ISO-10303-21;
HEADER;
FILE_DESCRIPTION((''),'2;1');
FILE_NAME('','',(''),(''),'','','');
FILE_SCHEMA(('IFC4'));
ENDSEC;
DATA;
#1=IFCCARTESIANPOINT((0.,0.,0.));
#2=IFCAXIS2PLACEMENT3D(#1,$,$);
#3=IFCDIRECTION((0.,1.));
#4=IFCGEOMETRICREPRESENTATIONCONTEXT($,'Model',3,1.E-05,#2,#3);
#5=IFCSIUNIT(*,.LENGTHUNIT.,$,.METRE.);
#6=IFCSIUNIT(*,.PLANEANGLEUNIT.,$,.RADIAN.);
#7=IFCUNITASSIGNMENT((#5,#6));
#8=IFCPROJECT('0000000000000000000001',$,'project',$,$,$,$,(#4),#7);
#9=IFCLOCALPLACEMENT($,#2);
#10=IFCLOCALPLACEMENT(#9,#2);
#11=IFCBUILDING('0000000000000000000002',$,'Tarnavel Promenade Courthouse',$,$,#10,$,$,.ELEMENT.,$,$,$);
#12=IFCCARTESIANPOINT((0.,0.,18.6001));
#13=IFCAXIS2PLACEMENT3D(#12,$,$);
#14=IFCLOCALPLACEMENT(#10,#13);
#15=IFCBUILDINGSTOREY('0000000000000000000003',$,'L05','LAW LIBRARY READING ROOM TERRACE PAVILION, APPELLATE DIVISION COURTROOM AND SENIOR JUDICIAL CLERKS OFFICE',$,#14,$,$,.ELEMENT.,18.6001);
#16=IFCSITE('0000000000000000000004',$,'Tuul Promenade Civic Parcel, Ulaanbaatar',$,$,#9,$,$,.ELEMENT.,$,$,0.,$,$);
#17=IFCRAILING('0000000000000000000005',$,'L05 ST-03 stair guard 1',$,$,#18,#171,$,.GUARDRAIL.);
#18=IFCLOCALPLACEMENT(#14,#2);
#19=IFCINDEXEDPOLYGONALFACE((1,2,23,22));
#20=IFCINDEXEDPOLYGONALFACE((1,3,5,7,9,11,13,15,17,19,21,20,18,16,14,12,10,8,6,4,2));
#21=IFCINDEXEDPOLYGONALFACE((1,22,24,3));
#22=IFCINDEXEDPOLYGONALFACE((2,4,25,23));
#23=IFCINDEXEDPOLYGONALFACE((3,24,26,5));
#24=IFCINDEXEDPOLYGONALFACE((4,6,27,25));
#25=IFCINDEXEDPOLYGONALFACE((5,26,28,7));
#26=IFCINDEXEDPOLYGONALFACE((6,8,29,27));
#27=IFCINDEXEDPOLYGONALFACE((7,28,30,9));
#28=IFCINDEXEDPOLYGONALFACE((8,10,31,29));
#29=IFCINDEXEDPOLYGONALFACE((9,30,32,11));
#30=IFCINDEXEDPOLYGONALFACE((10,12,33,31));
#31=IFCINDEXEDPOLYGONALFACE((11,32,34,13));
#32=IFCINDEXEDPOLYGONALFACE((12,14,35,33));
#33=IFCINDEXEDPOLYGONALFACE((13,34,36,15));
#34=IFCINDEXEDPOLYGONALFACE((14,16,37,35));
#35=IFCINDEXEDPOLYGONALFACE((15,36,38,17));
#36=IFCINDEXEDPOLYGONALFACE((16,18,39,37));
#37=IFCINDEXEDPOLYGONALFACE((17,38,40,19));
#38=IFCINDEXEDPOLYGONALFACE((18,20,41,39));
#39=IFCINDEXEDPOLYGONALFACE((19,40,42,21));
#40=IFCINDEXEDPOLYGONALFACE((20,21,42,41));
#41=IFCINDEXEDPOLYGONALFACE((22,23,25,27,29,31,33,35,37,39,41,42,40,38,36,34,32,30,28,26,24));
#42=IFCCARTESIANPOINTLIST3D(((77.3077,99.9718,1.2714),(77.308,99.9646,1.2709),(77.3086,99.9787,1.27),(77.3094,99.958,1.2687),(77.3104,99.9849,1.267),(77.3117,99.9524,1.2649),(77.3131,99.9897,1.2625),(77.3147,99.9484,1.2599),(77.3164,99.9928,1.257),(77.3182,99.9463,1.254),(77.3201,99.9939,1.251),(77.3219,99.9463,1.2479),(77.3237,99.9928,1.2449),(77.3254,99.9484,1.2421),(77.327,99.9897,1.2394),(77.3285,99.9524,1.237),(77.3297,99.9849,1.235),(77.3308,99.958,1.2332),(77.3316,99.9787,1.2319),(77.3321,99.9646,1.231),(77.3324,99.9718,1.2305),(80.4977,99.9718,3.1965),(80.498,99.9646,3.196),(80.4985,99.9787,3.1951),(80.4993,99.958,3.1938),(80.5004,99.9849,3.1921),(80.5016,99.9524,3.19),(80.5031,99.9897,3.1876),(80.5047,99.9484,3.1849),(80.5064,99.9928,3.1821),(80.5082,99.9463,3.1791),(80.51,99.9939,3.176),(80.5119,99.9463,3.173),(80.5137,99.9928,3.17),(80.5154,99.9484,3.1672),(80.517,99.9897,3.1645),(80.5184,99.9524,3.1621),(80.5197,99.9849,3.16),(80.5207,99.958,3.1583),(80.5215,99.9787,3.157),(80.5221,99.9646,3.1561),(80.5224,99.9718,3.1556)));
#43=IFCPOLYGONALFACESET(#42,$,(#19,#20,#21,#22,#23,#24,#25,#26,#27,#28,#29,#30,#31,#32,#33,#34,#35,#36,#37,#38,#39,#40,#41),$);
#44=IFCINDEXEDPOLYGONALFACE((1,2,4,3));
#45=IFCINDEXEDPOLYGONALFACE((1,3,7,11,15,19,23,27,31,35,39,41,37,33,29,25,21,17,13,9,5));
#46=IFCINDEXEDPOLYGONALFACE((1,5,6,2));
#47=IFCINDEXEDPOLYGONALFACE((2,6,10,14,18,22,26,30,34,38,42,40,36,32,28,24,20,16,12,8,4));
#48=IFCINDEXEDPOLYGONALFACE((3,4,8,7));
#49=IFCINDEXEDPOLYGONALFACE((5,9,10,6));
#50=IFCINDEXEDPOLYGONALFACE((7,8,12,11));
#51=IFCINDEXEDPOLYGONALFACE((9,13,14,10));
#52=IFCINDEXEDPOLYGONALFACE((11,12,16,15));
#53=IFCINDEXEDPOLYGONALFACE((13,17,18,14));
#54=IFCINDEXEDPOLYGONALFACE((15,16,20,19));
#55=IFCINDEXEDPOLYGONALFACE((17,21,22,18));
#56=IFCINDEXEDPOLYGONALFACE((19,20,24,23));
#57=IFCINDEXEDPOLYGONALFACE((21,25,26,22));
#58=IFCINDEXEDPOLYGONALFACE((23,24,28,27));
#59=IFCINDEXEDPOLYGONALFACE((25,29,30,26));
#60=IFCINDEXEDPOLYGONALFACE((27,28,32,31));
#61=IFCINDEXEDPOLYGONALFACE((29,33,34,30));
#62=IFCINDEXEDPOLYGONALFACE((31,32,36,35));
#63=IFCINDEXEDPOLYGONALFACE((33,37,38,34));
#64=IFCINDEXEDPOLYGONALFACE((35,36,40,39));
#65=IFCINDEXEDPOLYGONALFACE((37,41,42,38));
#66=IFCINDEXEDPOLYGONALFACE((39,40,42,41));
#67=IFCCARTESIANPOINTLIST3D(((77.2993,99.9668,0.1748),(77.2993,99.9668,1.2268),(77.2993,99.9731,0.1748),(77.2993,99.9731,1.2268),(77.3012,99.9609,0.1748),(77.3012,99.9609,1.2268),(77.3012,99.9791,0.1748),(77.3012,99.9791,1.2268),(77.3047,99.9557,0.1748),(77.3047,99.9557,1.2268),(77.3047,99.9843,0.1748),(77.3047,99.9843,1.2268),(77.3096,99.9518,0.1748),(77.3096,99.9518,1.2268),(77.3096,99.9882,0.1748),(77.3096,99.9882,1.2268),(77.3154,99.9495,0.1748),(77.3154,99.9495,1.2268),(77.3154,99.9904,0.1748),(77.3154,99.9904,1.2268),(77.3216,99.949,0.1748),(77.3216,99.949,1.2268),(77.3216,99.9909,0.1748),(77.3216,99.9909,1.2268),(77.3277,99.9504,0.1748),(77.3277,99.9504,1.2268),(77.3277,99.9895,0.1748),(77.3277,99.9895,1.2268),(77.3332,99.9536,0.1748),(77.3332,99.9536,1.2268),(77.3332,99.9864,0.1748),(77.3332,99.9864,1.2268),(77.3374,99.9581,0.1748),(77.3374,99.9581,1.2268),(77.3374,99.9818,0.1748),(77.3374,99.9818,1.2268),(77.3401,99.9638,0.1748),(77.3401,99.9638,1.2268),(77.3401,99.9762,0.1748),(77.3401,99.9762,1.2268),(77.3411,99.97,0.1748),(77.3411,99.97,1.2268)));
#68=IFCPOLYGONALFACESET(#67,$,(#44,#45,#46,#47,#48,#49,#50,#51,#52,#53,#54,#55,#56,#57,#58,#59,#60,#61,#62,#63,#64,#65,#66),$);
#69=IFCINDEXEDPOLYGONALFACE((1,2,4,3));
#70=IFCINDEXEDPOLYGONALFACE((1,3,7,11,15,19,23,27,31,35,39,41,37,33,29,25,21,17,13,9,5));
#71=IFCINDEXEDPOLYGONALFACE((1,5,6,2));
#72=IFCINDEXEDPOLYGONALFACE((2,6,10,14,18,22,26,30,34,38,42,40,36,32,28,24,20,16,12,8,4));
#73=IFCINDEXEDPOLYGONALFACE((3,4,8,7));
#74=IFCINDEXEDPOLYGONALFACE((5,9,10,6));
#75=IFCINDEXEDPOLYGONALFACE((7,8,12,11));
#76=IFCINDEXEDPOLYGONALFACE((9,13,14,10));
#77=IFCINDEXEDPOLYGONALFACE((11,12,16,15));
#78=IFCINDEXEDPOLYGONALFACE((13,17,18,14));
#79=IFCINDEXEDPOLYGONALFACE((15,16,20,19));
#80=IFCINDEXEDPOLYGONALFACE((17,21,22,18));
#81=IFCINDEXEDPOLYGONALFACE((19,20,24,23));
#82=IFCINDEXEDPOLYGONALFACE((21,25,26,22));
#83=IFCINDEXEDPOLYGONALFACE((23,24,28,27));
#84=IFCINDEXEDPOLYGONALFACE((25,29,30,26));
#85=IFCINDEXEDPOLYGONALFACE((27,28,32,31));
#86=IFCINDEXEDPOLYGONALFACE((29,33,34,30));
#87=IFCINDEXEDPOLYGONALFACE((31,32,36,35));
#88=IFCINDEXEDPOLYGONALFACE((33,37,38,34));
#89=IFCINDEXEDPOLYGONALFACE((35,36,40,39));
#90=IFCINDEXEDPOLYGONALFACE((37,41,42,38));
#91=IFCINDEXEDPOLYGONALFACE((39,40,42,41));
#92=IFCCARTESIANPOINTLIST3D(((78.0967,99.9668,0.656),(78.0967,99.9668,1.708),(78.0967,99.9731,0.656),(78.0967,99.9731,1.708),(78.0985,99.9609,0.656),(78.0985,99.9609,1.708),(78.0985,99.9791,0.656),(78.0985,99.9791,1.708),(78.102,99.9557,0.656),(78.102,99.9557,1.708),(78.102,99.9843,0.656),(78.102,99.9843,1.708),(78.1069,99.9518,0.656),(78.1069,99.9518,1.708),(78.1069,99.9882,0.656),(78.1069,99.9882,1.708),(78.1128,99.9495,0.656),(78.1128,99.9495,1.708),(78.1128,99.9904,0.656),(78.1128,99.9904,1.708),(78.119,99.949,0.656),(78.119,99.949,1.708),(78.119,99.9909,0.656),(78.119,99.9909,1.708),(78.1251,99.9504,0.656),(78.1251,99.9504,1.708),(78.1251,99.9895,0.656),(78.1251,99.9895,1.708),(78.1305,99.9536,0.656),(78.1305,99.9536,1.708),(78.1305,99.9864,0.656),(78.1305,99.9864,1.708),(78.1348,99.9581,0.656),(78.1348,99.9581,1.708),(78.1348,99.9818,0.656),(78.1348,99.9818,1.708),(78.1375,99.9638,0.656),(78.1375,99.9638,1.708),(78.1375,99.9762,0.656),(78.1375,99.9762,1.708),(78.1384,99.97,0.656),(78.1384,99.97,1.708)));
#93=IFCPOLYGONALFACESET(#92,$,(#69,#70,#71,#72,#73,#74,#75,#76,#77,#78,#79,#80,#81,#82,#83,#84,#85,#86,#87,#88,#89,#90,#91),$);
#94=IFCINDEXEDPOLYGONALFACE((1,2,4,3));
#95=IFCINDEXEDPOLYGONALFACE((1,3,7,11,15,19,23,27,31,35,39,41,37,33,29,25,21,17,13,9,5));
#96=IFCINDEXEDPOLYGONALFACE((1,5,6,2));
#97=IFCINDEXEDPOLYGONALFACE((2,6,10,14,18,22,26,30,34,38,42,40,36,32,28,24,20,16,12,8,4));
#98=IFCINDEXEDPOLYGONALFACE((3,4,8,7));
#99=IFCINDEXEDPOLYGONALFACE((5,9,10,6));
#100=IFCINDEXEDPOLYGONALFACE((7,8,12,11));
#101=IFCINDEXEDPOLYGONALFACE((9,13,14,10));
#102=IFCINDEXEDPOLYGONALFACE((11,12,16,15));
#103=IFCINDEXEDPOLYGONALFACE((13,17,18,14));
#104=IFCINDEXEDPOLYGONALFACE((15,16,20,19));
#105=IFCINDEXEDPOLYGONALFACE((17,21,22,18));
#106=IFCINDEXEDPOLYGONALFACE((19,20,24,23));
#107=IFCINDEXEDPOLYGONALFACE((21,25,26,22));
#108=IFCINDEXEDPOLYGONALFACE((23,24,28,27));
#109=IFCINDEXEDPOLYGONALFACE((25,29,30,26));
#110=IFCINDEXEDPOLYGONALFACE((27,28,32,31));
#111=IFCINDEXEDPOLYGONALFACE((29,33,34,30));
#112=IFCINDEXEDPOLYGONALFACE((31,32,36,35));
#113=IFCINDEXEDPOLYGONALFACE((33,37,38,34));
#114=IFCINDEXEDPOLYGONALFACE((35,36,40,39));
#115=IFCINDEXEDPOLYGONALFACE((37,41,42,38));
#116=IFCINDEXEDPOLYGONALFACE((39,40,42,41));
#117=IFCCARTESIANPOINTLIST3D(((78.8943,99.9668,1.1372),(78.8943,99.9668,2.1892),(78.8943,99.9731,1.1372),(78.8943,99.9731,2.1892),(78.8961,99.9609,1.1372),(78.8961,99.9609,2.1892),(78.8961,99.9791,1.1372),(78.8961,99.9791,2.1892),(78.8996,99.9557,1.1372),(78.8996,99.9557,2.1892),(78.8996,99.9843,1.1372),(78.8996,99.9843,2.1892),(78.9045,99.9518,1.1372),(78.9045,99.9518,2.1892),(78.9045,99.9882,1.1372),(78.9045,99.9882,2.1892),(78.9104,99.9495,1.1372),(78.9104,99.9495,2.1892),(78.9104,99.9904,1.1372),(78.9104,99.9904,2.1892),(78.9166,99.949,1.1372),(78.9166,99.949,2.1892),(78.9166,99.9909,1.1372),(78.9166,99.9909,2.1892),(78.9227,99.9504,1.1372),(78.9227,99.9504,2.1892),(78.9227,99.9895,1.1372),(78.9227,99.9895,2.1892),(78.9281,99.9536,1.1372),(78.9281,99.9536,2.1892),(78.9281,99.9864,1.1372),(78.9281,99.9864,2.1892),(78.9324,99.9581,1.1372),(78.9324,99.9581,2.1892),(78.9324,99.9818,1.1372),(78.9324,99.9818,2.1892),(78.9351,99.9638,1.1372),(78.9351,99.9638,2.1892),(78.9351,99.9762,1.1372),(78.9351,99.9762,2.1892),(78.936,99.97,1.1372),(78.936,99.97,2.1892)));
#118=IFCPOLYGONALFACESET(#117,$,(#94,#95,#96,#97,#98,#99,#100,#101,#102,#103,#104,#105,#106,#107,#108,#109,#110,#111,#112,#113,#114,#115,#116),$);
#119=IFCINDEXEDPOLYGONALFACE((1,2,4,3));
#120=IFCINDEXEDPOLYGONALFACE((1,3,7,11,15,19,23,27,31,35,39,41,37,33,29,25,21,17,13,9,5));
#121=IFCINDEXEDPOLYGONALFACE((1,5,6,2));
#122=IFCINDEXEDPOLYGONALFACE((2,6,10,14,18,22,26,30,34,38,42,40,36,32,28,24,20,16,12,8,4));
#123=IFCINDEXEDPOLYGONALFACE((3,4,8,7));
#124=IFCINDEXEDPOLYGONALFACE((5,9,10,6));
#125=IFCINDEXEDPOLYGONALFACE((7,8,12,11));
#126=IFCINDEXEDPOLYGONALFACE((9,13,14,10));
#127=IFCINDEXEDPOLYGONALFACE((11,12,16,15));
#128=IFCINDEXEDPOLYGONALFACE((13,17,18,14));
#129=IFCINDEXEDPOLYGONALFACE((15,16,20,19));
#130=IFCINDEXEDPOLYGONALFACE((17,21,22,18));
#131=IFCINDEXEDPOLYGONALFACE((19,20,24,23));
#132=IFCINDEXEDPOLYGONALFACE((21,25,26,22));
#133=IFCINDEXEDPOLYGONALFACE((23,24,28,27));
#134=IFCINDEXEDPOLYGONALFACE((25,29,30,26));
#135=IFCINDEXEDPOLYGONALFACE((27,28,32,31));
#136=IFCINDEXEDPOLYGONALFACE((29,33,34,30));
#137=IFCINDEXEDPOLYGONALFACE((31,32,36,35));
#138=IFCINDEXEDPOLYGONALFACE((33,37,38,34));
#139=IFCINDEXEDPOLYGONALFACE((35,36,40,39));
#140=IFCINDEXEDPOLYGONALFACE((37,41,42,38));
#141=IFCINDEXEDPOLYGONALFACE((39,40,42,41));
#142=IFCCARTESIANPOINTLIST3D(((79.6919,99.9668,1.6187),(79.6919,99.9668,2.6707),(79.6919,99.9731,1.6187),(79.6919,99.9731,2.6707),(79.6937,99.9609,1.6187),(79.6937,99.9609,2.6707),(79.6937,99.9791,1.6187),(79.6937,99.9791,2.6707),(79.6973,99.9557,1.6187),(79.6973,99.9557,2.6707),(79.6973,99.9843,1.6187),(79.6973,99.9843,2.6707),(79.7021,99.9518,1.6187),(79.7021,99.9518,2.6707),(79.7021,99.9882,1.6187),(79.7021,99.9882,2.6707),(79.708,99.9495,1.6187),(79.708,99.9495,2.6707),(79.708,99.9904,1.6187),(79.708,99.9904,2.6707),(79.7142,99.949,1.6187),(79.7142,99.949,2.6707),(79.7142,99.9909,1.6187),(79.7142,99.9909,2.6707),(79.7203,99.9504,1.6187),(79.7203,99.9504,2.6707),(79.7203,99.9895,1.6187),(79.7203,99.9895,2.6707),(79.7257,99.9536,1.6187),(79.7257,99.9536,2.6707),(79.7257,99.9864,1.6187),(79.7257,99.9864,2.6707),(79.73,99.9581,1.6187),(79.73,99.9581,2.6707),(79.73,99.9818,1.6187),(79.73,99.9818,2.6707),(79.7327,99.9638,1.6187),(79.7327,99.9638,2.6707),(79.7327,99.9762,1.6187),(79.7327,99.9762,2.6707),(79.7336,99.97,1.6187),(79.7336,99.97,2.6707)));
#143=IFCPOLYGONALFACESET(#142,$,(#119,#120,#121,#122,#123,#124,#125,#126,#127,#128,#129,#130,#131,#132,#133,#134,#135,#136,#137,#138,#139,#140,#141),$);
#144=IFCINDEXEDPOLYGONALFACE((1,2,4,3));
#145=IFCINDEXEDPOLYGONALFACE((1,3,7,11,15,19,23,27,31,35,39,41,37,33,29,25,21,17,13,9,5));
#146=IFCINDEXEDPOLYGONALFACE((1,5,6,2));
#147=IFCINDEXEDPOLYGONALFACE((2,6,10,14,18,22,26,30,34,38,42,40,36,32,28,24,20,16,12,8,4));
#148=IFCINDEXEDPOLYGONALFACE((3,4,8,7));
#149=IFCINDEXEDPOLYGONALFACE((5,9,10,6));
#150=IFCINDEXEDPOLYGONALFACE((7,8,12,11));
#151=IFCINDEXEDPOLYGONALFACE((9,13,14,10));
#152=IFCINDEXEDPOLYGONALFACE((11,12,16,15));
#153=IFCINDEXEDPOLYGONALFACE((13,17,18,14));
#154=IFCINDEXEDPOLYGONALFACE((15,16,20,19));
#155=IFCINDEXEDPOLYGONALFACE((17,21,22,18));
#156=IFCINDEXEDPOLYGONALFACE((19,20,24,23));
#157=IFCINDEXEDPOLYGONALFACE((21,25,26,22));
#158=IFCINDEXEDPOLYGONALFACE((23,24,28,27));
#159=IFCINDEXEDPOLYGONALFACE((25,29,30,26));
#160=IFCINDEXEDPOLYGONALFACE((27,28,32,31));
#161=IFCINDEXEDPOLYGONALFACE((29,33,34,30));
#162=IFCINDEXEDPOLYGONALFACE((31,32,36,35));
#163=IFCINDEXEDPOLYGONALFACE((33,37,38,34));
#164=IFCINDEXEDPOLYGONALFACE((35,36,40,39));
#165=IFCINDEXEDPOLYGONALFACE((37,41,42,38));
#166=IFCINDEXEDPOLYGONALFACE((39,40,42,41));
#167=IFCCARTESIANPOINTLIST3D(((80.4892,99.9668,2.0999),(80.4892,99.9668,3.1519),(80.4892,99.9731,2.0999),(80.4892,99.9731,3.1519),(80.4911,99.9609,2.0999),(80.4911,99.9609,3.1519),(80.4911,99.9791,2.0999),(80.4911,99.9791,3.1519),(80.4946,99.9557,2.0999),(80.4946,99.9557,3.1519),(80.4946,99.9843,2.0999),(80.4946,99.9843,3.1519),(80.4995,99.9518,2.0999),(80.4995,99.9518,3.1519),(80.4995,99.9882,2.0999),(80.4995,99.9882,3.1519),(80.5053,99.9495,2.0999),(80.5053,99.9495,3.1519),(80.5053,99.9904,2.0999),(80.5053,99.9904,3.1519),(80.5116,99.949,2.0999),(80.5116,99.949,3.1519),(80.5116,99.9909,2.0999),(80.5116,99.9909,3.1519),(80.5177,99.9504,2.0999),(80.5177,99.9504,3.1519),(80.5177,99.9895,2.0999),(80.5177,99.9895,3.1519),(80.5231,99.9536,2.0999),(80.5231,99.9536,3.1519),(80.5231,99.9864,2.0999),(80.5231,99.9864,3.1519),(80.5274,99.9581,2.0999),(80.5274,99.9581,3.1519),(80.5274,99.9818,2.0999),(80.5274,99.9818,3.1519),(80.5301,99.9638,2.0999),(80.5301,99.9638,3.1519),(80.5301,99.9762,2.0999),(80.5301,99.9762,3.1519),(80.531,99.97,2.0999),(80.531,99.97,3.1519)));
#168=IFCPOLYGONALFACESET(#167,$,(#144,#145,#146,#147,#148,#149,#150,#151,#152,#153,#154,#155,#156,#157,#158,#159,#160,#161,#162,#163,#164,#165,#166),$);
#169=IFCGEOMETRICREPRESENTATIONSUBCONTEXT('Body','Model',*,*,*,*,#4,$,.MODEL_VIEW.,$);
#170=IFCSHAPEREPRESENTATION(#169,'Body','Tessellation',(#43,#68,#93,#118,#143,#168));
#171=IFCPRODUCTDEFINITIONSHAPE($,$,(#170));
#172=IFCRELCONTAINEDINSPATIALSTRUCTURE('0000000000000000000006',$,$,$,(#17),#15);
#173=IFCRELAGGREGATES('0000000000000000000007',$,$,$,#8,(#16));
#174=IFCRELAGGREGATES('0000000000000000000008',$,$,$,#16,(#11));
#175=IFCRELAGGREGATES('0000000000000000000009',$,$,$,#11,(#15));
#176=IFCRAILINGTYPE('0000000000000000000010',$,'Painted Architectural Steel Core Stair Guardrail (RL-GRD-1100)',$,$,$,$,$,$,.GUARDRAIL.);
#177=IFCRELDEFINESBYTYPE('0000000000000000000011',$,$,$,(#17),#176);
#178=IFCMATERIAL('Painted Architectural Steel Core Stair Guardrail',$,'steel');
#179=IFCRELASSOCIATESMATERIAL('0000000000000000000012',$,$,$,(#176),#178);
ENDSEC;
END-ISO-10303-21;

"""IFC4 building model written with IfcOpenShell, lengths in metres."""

from ifc_helpers import new_model, si_unit, direction, frame, origin, origin_2d, place, context, subcontext, project, spatial, circle, extrude, material, type_object, element, save


model = new_model("IFC4")

# Units and contexts
model_context = context("Model", 3, precision=1e-05, world=origin(), true_north=direction((0.0, 1.0)))
body_context = subcontext(model_context, "Body", "Model", "MODEL_VIEW")
ifc_project = project(units=[si_unit("LENGTHUNIT", "METRE"), si_unit("PLANEANGLEUNIT", "RADIAN")], contexts=[model_context])

# Site, building, storey
site_placement = place(None, origin())
site = spatial("IfcSite", under=ifc_project, at=site_placement, Name="Tuul Promenade Civic Parcel, Ulaanbaatar", CompositionType="ELEMENT", RefElevation=0.0)
building_placement = place(site_placement, origin())
building = spatial("IfcBuilding", under=site, at=building_placement, Name="Tarnavel Promenade Courthouse", CompositionType="ELEMENT")
storey_placement = place(building_placement, frame((0.0, 0.0, 18.6001)))
storey = spatial("IfcBuildingStorey", under=building, at=storey_placement, Name="L05", Description="LAW LIBRARY READING ROOM TERRACE PAVILION, APPELLATE DIVISION COURTROOM AND SENIOR JUDICIAL CLERKS OFFICE", CompositionType="ELEMENT", Elevation=18.6001)

# Railing
ifc_material_1 = material(Name="Painted Architectural Steel Core Stair Guardrail", Category="steel")
railing_type_1 = type_object("IfcRailingType", Name="Painted Architectural Steel Core Stair Guardrail (RL-GRD-1100)", PredefinedType="GUARDRAIL", material=ifc_material_1)
railing_1_placement = place(storey_placement, frame((77.3201, 99.97, 0.1748)))
element("IfcRailing", 1, at=railing_1_placement, inside=storey, type_object=railing_type_1, Name="L05 ST-03 stair guard 1", PredefinedType="GUARDRAIL", context=body_context, shape_type="SweptSolid", body=[
    extrude(circle(Radius=0.0239, at=origin_2d()), frame((0.0, 0.0, 1.0762), z_axis=(0.856178, 0.0, 0.516682), x_axis=(0.0, 1.0, 0.0)), (0.0, 0.0, 1.0), 3.7258),
    extrude(circle(Radius=0.021, at=origin_2d()), origin(), (0.0, 0.0, 1.0), 1.052),
    extrude(circle(Radius=0.021, at=origin_2d()), frame((0.7974, 0.0, 0.4812)), (0.0, 0.0, 1.0), 1.052),
    extrude(circle(Radius=0.021, at=origin_2d()), frame((1.595, 0.0, 0.9624)), (0.0, 0.0, 1.0), 1.052),
    extrude(circle(Radius=0.021, at=origin_2d()), frame((2.3926, 0.0, 1.4438)), (0.0, 0.0, 1.0), 1.052),
    extrude(circle(Radius=0.021, at=origin_2d()), frame((3.1899, 0.0, 1.925)), (0.0, 0.0, 1.0), 1.052),
])

save(model, "model.ifc")
